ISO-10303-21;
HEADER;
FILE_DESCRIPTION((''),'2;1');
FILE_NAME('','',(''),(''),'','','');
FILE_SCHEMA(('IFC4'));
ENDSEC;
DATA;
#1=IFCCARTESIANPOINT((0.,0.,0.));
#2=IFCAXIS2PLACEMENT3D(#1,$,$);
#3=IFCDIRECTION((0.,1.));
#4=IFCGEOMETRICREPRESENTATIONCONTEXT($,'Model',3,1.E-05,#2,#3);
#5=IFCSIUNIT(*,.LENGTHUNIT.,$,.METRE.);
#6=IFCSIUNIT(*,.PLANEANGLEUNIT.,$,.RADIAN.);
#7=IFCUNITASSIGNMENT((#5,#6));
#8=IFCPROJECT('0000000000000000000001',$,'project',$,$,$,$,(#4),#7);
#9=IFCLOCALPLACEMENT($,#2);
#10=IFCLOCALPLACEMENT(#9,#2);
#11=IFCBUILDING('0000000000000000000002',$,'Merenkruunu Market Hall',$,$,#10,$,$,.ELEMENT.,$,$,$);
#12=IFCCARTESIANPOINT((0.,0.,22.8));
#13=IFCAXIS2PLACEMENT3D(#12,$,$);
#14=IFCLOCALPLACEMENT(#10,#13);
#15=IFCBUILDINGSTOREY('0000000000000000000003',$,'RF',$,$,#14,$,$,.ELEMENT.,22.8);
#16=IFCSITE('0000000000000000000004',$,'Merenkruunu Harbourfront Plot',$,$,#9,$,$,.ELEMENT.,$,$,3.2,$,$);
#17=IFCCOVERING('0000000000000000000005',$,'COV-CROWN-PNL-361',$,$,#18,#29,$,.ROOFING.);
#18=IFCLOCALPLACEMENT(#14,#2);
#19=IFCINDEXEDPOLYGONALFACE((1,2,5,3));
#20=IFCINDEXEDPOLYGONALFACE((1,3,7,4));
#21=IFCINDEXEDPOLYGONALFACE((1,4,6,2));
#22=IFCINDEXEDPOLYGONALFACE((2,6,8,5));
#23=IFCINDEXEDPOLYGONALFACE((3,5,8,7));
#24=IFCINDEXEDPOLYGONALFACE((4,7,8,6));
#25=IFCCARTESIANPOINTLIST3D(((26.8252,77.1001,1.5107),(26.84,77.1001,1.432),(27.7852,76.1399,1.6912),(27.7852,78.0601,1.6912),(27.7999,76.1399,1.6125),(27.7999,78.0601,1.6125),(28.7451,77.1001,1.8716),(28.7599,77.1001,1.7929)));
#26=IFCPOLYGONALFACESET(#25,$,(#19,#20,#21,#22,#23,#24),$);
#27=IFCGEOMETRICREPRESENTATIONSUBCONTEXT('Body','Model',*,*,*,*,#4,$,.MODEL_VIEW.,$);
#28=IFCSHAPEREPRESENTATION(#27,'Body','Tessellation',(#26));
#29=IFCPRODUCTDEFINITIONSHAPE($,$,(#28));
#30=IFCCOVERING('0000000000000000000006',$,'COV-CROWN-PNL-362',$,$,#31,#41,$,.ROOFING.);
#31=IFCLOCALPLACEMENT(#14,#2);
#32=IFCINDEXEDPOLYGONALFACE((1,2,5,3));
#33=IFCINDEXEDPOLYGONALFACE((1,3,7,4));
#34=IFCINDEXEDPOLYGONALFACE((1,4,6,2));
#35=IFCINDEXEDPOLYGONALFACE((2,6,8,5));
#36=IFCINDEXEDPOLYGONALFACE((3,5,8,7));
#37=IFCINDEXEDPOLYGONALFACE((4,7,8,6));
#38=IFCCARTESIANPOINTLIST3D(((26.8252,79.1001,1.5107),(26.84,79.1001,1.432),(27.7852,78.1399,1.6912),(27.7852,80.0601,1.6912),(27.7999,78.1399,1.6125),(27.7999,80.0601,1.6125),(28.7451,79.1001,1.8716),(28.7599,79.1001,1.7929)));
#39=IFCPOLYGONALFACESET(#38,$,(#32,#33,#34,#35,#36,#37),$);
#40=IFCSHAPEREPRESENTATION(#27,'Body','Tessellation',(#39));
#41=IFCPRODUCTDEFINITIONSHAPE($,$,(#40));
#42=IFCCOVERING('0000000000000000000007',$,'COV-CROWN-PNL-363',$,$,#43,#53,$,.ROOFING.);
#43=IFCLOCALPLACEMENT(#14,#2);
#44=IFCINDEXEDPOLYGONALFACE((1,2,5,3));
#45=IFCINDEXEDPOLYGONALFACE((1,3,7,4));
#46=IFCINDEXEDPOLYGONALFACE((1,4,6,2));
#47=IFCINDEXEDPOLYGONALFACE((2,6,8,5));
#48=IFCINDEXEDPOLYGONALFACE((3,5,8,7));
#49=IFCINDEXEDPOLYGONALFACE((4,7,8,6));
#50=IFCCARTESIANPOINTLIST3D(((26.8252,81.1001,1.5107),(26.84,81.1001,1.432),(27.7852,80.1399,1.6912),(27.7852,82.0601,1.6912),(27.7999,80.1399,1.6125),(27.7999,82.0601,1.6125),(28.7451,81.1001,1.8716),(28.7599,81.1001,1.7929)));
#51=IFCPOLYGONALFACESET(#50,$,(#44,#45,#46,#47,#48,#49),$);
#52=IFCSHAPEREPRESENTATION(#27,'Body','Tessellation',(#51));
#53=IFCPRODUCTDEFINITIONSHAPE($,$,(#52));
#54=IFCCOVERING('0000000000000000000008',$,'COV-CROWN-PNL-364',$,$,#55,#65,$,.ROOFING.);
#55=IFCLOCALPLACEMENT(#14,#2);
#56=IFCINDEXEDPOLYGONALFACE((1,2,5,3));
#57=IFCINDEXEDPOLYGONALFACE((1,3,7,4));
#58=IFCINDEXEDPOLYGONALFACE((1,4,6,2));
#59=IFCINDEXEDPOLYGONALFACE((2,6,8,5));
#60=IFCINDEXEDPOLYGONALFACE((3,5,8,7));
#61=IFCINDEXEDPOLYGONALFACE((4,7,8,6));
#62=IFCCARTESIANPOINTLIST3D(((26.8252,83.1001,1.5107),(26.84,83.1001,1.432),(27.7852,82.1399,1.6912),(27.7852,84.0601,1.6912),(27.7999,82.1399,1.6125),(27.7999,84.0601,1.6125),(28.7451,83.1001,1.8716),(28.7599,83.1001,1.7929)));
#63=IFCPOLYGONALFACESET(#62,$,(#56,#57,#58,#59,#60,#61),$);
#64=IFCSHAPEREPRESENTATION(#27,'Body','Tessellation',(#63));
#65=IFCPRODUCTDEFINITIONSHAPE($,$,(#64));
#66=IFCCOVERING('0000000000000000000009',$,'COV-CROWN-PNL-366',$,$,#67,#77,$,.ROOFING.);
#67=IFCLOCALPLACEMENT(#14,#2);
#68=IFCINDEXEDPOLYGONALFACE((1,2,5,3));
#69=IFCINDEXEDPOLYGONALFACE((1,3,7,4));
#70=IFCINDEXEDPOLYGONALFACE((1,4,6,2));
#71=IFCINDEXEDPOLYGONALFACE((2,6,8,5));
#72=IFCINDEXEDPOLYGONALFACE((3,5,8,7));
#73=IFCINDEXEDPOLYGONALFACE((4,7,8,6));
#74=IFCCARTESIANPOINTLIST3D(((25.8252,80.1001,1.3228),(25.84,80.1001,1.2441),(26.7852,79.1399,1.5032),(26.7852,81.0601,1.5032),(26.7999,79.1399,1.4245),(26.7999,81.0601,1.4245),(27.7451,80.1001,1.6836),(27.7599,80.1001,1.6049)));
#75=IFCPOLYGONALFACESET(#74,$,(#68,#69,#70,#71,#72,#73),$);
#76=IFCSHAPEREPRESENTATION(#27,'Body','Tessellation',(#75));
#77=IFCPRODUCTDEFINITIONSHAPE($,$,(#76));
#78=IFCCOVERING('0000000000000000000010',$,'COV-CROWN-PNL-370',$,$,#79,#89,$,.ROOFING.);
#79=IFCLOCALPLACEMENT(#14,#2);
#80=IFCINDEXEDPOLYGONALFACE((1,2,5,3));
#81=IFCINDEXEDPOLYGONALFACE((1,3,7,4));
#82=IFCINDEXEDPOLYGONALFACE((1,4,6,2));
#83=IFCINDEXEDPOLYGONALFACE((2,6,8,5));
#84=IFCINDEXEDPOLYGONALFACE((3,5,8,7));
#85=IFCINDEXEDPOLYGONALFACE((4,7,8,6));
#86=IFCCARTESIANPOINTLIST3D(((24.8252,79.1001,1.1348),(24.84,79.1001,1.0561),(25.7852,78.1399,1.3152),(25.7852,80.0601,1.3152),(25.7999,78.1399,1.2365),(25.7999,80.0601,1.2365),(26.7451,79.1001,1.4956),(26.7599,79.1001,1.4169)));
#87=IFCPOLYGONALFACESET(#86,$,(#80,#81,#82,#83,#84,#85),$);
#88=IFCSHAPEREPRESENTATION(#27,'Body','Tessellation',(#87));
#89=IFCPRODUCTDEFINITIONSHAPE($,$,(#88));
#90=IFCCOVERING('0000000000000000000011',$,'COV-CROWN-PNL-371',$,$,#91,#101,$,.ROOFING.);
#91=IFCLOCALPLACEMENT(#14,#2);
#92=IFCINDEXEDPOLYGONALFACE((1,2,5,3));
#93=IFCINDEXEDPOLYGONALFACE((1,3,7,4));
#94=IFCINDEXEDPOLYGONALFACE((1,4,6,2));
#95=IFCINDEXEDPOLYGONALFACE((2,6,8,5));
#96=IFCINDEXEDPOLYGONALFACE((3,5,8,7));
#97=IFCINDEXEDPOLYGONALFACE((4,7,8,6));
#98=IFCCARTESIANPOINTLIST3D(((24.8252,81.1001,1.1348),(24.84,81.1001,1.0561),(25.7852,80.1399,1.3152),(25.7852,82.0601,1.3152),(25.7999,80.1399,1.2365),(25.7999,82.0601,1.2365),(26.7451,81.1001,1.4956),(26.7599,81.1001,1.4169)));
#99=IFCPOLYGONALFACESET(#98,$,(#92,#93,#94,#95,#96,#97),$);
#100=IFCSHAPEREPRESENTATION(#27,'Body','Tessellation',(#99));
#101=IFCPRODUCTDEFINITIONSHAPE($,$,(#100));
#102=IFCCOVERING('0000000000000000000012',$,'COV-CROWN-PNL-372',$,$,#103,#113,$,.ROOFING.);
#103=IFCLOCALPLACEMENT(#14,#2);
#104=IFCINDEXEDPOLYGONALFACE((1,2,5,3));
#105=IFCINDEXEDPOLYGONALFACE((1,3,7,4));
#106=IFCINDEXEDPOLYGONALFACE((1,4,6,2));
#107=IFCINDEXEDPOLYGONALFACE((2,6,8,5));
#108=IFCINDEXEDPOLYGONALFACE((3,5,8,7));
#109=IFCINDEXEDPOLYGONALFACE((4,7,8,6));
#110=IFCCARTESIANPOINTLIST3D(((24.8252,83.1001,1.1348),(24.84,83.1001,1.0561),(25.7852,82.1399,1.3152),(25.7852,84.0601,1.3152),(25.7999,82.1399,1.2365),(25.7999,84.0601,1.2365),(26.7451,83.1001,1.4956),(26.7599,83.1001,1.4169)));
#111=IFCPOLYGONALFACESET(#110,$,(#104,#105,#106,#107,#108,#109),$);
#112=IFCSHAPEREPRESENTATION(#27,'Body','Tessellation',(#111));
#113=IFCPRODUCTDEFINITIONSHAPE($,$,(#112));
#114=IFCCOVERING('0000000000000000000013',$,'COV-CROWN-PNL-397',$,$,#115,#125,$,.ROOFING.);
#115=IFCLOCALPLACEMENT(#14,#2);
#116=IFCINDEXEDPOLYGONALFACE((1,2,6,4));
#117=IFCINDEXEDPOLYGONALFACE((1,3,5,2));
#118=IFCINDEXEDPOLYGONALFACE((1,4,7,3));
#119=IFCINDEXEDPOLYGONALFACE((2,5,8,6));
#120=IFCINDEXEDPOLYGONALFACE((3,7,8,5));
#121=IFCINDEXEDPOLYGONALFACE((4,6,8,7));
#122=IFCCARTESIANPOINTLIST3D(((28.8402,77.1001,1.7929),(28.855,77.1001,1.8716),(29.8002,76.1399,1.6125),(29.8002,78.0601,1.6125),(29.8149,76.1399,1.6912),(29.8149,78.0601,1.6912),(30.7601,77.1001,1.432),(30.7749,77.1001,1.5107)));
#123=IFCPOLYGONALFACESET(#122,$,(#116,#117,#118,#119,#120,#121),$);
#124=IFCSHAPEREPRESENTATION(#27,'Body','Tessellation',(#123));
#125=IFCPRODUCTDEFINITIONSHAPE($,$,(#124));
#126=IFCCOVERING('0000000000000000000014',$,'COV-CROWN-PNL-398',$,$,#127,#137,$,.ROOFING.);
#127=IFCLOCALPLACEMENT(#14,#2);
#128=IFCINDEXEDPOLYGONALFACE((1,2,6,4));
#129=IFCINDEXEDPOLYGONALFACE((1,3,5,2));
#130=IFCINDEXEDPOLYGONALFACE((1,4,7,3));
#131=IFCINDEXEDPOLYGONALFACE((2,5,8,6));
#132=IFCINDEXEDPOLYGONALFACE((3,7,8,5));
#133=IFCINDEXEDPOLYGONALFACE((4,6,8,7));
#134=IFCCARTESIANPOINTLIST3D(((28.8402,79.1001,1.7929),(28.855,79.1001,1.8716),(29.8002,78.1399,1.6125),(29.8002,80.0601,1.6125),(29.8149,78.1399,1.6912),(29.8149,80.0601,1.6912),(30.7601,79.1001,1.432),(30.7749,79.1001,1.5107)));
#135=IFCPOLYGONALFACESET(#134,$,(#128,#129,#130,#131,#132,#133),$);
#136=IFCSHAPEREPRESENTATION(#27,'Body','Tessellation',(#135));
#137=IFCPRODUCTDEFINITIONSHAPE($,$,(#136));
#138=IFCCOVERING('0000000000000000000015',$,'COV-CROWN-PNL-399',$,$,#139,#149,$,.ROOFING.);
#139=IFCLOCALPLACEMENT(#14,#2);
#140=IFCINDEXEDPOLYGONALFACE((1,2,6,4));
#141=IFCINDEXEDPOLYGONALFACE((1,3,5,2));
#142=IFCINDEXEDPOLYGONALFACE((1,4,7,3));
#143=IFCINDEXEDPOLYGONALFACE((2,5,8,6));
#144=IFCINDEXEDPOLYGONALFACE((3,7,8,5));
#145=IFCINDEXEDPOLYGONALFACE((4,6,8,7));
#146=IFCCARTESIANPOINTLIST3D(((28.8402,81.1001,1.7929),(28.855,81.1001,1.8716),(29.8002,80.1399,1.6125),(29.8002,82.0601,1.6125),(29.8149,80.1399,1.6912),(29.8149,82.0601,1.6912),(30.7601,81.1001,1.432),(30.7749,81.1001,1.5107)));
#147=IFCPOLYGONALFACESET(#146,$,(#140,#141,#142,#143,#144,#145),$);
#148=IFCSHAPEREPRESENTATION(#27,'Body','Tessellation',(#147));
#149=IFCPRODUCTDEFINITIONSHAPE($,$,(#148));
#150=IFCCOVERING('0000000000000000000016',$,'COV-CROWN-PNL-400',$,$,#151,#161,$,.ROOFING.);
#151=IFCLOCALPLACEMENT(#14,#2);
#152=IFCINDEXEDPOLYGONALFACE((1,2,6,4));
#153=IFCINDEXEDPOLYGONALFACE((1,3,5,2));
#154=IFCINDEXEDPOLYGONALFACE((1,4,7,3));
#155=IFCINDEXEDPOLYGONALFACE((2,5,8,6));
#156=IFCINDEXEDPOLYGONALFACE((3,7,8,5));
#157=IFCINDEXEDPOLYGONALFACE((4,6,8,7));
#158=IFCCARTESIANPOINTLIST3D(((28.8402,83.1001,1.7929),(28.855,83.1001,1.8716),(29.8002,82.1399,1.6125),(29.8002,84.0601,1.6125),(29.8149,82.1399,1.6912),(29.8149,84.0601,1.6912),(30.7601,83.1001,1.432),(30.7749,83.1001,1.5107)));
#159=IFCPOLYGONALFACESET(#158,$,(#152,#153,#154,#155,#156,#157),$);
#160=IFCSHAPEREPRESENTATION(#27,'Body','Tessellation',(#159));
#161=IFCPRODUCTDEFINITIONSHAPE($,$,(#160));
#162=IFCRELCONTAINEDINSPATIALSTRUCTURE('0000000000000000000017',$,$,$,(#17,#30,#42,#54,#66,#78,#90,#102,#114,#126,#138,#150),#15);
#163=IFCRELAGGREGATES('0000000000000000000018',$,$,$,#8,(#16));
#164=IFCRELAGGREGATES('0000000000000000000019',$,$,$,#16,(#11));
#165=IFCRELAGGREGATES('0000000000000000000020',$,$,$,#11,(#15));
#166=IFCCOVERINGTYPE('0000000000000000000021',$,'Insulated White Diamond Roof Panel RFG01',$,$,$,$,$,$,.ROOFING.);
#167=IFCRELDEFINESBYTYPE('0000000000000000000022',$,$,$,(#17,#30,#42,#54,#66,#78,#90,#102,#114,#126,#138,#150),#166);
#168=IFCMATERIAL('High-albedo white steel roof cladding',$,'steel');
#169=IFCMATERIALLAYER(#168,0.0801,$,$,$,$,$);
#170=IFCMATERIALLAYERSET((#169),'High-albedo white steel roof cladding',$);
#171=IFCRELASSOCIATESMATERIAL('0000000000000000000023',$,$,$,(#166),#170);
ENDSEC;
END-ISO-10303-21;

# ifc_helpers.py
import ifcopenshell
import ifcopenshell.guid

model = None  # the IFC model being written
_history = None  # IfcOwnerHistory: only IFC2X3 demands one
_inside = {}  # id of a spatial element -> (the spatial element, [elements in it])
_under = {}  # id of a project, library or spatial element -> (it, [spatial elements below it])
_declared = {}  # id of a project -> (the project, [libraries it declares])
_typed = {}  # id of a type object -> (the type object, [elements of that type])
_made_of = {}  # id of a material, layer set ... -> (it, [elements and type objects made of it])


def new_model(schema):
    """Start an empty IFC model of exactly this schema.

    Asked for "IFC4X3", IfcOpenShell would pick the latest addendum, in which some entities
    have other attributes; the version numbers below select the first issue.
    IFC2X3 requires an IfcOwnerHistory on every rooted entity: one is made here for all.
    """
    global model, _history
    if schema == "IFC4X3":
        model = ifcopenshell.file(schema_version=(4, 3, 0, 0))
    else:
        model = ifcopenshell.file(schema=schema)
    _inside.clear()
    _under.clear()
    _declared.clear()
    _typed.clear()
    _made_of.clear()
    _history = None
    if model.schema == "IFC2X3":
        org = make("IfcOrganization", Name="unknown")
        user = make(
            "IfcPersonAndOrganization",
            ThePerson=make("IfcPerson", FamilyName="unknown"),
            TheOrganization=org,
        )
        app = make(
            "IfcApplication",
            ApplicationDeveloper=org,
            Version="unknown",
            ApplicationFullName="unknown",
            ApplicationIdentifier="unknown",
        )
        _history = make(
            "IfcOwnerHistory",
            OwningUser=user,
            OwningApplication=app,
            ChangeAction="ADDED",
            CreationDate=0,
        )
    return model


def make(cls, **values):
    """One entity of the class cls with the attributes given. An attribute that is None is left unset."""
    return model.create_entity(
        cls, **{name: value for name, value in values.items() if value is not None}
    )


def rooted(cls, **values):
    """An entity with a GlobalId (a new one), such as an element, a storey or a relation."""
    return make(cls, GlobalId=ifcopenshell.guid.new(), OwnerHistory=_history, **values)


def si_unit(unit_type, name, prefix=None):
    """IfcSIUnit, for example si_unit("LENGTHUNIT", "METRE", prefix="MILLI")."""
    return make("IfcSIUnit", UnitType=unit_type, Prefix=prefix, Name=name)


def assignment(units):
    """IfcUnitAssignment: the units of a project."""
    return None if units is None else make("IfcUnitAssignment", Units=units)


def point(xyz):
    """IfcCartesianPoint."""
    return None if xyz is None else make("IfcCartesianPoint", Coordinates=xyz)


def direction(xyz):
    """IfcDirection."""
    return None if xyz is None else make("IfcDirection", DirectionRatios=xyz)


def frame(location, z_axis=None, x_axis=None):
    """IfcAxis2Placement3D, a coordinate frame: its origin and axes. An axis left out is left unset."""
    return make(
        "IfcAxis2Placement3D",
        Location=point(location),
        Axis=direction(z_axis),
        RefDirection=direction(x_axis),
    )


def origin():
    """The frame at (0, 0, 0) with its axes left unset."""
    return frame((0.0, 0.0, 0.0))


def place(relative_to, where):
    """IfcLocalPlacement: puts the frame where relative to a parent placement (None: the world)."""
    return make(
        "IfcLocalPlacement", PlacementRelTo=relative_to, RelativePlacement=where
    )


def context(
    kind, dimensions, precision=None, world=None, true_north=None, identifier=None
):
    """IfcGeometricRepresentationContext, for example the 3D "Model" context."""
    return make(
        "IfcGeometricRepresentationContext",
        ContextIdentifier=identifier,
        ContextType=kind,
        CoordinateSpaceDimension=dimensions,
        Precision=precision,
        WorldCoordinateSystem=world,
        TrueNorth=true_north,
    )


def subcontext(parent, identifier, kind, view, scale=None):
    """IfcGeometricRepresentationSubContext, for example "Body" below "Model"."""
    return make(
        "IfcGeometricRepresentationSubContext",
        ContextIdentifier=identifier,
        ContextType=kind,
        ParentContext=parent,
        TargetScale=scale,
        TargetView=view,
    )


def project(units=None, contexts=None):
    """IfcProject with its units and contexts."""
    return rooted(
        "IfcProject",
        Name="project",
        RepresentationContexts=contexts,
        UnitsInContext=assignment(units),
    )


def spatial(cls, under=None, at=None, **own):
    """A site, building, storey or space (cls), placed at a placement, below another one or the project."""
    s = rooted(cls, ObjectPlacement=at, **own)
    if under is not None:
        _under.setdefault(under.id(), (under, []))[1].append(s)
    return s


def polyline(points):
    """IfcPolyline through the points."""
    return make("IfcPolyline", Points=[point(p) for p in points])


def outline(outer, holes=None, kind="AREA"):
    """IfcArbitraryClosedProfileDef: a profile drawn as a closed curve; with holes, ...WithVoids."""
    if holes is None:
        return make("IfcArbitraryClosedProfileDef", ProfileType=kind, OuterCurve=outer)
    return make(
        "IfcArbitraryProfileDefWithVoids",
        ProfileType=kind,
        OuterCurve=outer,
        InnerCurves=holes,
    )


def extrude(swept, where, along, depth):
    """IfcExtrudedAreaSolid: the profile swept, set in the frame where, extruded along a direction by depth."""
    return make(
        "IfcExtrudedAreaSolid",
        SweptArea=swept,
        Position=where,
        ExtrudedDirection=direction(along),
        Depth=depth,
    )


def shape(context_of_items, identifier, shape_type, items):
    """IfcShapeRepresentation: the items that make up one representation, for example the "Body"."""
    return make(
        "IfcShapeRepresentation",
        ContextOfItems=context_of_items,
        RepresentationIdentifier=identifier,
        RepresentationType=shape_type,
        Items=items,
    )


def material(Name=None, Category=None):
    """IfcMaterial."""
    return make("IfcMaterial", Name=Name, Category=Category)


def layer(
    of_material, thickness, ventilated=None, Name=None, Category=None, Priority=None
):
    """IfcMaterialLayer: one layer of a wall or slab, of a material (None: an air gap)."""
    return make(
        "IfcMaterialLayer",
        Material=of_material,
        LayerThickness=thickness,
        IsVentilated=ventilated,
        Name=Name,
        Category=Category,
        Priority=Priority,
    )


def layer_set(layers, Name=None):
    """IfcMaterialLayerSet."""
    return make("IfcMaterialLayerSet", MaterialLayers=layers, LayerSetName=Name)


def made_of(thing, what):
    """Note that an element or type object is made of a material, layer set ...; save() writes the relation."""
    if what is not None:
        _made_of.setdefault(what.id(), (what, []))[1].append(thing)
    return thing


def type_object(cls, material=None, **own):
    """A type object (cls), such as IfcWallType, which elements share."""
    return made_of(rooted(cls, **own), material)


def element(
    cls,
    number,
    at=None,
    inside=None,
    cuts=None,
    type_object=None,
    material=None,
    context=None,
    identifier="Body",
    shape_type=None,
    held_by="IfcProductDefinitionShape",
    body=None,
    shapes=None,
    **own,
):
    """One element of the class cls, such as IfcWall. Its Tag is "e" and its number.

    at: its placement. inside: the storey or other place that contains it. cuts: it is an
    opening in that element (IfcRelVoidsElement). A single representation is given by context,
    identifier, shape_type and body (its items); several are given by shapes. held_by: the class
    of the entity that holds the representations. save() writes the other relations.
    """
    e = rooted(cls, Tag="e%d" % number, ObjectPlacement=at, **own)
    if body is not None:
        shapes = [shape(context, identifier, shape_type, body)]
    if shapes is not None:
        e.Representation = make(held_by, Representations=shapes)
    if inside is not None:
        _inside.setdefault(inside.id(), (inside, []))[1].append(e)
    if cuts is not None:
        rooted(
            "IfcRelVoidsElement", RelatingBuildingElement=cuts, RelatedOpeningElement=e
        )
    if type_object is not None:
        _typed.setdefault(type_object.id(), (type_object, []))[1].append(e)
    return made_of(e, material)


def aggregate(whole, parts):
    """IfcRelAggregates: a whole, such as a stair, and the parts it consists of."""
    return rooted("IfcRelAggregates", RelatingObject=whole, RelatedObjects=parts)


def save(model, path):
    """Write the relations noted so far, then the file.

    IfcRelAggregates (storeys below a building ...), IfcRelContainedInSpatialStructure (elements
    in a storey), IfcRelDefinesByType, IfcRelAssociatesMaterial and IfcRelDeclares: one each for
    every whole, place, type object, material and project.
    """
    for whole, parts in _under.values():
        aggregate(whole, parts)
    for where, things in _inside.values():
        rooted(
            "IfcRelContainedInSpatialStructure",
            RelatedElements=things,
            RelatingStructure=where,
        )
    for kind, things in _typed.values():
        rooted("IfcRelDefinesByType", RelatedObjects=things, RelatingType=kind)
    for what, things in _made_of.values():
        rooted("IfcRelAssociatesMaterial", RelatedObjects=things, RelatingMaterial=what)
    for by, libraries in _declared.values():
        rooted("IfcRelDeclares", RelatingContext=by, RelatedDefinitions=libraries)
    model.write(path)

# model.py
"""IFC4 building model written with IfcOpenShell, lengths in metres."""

from ifc_helpers import new_model, si_unit, direction, frame, origin, place, context, subcontext, project, spatial, polyline, outline, extrude, material, layer, layer_set, type_object, element, save


model = new_model("IFC4")

# Units and contexts
model_context = context("Model", 3, precision=1e-05, world=origin(), true_north=direction((0.0, 1.0)))
body_context = subcontext(model_context, "Body", "Model", "MODEL_VIEW")
ifc_project = project(units=[si_unit("LENGTHUNIT", "METRE"), si_unit("PLANEANGLEUNIT", "RADIAN")], contexts=[model_context])

# Site, building, storey
site_placement = place(None, origin())
site = spatial("IfcSite", under=ifc_project, at=site_placement, Name="Merenkruunu Harbourfront Plot", CompositionType="ELEMENT", RefElevation=3.2)
building_placement = place(site_placement, origin())
building = spatial("IfcBuilding", under=site, at=building_placement, Name="Merenkruunu Market Hall", CompositionType="ELEMENT")
storey_placement = place(building_placement, frame((0.0, 0.0, 22.8)))
storey = spatial("IfcBuildingStorey", under=building, at=storey_placement, Name="RF", CompositionType="ELEMENT", Elevation=22.8)

# Coverings
ifc_material_1 = material(Name="High-albedo white steel roof cladding", Category="steel")
ifc_layer = layer(ifc_material_1, 0.0801)
ifc_layer_set = layer_set([ifc_layer], Name="High-albedo white steel roof cladding")
covering_type = type_object("IfcCoveringType", Name="Insulated White Diamond Roof Panel RFG01", PredefinedType="ROOFING", material=ifc_layer_set)
for number, where, z_axis, x_axis, name in (
    (1, (26.8252, 77.1001, 1.5107), (-0.184711, 0.0, 0.982793), (0.700856, -0.701035, 0.131722), "COV-CROWN-PNL-361"),
    (2, (26.8252, 79.1001, 1.5107), (-0.184711, 0.0, 0.982793), (0.700856, -0.701035, 0.131722), "COV-CROWN-PNL-362"),
    (3, (26.8252, 81.1001, 1.5107), (-0.184711, 0.0, 0.982793), (0.700856, -0.701035, 0.131722), "COV-CROWN-PNL-363"),
    (4, (26.8252, 83.1001, 1.5107), (-0.184711, 0.0, 0.982793), (0.700856, -0.701035, 0.131722), "COV-CROWN-PNL-364"),
    (5, (25.8252, 80.1001, 1.3228), (-0.184711, 0.0, 0.982793), (0.700856, -0.701035, 0.131722), "COV-CROWN-PNL-366"),
    (6, (24.8252, 79.1001, 1.1348), (-0.184711, 0.0, 0.982793), (0.700856, -0.701035, 0.131722), "COV-CROWN-PNL-370"),
    (7, (24.8252, 81.1001, 1.1348), (-0.184711, 0.0, 0.982793), (0.700856, -0.701035, 0.131722), "COV-CROWN-PNL-371"),
    (8, (24.8252, 83.1001, 1.1348), (-0.184711, 0.0, 0.982793), (0.700856, -0.701035, 0.131722), "COV-CROWN-PNL-372"),
    (9, (28.855, 77.1001, 1.8716), (0.184711, 0.0, 0.982793), (0.700856, -0.701035, -0.131722), "COV-CROWN-PNL-397"),
    (10, (28.855, 79.1001, 1.8716), (0.184711, 0.0, 0.982793), (0.700856, -0.701035, -0.131722), "COV-CROWN-PNL-398"),
    (11, (28.855, 81.1001, 1.8716), (0.184711, 0.0, 0.982793), (0.700856, -0.701035, -0.131722), "COV-CROWN-PNL-399"),
    (12, (28.855, 83.1001, 1.8716), (0.184711, 0.0, 0.982793), (0.700856, -0.701035, -0.131722), "COV-CROWN-PNL-400"),
):
    element("IfcCovering", number, at=place(storey_placement, frame(where, z_axis=z_axis, x_axis=x_axis)), inside=storey, type_object=covering_type, Name=name, PredefinedType="ROOFING", context=body_context, shape_type="SweptSolid", body=[
        extrude(outline(polyline([(0.0, 0.0), (1.3697, 0.0), (1.3931, 1.3695), (0.0236, 1.3693), (0.0, 0.0)])), origin(), (0.0, 0.0, -1.0), 0.0801),
    ])

save(model, "model.ifc")
